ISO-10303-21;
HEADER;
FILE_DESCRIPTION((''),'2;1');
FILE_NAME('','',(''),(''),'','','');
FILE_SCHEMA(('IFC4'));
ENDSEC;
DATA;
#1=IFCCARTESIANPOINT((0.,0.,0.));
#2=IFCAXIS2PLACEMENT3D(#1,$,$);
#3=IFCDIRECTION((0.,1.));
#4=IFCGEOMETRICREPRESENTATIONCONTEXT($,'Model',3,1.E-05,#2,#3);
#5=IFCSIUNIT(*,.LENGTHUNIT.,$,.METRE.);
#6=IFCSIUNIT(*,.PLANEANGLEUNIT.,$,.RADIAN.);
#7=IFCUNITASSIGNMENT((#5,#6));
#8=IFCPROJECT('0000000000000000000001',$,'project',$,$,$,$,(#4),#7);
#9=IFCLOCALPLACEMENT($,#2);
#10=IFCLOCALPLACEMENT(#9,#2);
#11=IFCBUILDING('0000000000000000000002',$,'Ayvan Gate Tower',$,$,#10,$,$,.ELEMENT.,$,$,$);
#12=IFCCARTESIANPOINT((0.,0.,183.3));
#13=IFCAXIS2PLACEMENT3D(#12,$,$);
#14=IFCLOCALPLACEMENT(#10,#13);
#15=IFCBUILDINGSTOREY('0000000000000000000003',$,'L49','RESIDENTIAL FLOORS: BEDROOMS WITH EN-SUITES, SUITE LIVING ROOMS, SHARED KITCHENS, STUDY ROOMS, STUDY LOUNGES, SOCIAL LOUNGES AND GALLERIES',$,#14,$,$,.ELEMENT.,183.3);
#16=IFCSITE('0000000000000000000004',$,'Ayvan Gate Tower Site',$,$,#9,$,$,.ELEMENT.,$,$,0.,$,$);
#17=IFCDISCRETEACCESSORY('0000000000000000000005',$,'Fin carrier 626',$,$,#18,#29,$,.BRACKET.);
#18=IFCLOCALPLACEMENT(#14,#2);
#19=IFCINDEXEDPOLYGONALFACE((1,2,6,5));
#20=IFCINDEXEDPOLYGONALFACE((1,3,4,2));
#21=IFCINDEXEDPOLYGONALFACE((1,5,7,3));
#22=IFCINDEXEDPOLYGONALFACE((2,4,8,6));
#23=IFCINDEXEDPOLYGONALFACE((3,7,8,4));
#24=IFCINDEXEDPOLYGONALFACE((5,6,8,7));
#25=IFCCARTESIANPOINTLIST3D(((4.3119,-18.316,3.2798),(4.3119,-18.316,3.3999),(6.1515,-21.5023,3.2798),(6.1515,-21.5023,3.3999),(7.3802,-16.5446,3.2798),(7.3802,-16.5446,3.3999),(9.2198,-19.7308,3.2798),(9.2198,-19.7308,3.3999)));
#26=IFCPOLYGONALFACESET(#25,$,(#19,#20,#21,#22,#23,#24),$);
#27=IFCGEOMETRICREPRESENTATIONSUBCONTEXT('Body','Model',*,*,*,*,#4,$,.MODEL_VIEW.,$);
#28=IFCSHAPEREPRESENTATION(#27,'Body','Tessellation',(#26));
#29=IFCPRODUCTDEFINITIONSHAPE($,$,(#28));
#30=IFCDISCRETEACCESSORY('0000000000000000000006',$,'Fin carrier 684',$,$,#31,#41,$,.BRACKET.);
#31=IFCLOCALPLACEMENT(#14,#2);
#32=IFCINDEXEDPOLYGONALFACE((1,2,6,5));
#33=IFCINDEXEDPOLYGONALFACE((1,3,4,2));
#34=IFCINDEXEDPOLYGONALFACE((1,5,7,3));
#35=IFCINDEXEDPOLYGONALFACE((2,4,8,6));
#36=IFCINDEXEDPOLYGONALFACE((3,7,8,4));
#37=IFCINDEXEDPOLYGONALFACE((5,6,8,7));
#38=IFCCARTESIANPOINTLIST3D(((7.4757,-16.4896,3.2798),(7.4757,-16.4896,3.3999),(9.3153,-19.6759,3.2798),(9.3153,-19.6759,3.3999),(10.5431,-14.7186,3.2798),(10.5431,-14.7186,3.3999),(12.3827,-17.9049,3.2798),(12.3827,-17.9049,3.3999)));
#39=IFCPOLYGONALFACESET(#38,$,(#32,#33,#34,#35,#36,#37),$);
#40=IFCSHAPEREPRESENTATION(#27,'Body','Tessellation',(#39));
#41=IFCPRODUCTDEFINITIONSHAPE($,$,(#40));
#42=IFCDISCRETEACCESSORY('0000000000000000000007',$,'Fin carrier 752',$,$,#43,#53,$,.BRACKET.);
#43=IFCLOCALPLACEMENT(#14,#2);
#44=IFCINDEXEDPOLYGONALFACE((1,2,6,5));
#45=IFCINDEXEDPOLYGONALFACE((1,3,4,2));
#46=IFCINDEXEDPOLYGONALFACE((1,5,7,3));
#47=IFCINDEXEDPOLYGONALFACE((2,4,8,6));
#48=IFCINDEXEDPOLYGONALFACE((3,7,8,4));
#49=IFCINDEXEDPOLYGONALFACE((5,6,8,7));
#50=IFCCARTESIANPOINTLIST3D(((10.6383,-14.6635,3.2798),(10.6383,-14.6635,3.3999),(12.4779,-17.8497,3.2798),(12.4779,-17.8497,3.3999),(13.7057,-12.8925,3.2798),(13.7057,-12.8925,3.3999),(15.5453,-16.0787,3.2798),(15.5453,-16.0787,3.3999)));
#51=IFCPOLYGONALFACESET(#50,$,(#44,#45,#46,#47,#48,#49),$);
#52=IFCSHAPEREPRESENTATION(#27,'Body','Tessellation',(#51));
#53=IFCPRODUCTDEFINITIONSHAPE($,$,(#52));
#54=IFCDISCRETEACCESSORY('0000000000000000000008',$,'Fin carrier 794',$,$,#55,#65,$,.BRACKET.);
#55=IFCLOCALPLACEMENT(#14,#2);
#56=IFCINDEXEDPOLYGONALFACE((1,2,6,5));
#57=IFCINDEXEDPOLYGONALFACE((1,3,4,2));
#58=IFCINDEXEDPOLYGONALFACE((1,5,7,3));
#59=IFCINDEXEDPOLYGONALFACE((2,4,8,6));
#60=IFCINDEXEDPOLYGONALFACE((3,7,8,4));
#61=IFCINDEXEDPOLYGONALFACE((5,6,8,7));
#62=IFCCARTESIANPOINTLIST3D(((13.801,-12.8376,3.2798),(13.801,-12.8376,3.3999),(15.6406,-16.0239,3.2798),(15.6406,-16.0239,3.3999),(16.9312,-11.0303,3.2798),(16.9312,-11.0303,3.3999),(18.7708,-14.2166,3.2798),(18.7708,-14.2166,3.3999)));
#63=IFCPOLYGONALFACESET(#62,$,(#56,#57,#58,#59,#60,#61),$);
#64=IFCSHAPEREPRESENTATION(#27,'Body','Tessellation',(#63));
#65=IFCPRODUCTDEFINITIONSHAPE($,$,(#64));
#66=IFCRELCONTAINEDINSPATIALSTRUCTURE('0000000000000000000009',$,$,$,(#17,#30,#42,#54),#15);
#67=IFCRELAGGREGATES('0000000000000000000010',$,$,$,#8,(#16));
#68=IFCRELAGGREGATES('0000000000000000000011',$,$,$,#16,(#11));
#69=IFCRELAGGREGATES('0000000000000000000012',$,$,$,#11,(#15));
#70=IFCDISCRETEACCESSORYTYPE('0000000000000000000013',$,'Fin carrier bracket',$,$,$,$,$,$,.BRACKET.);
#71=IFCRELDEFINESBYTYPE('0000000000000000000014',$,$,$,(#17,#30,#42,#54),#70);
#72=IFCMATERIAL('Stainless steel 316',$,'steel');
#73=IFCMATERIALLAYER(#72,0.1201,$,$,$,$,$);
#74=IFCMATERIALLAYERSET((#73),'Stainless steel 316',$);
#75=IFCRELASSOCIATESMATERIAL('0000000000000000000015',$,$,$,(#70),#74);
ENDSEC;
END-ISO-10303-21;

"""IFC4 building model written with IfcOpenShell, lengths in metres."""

from ifc_helpers import new_model, si_unit, direction, frame, origin, origin_2d, place, context, subcontext, project, spatial, rectangle, extrude, material, layer, layer_set, type_object, element, save


model = new_model("IFC4")

# Units and contexts
model_context = context("Model", 3, precision=1e-05, world=origin(), true_north=direction((0.0, 1.0)))
body_context = subcontext(model_context, "Body", "Model", "MODEL_VIEW")
ifc_project = project(units=[si_unit("LENGTHUNIT", "METRE"), si_unit("PLANEANGLEUNIT", "RADIAN")], contexts=[model_context])

# Site, building, storey
site_placement = place(None, origin())
site = spatial("IfcSite", under=ifc_project, at=site_placement, Name="Ayvan Gate Tower Site", CompositionType="ELEMENT", RefElevation=0.0)
building_placement = place(site_placement, origin())
building = spatial("IfcBuilding", under=site, at=building_placement, Name="Ayvan Gate Tower", CompositionType="ELEMENT")
storey_placement = place(building_placement, frame((0.0, 0.0, 183.3)))
storey = spatial("IfcBuildingStorey", under=building, at=storey_placement, Name="L49", Description="RESIDENTIAL FLOORS: BEDROOMS WITH EN-SUITES, SUITE LIVING ROOMS, SHARED KITCHENS, STUDY ROOMS, STUDY LOUNGES, SOCIAL LOUNGES AND GALLERIES", CompositionType="ELEMENT", Elevation=183.3)

# Discrete accessories
ifc_material_1 = material(Name="Stainless steel 316", Category="steel")
ifc_layer_1 = layer(ifc_material_1, 0.1201)
ifc_layer_set_1 = layer_set([ifc_layer_1], Name="Stainless steel 316")
discrete_accessory_type = type_object("IfcDiscreteAccessoryType", Name="Fin carrier bracket", PredefinedType="BRACKET", material=ifc_layer_set_1)
discrete_accessory_1_placement = place(storey_placement, frame((6.7659, -19.0234, 3.2798), z_axis=(0.0, 0.0, 1.0), x_axis=(0.866025, 0.5, 0.0)))
element("IfcDiscreteAccessory", 1, at=discrete_accessory_1_placement, inside=storey, type_object=discrete_accessory_type, Name="Fin carrier 626", PredefinedType="BRACKET", context=body_context, shape_type="SweptSolid", body=[
    extrude(rectangle(XDim=3.543, YDim=3.6792, at=origin_2d()), origin(), (0.0, 0.0, 1.0), 0.1201),
])
for number, where, z_axis, x_axis, name in (
    (2, (9.9292, -17.1973, 3.2798), (0.0, 0.0, 1.0), (0.866025, 0.5, 0.0), "Fin carrier 684"),
    (3, (13.0918, -15.3711, 3.2798), (0.0, 0.0, 1.0), (0.866025, 0.5, 0.0), "Fin carrier 752"),
):
    element("IfcDiscreteAccessory", number, at=place(storey_placement, frame(where, z_axis=z_axis, x_axis=x_axis)), inside=storey, type_object=discrete_accessory_type, Name=name, PredefinedType="BRACKET", context=body_context, shape_type="SweptSolid", body=[
        extrude(rectangle(XDim=3.542, YDim=3.6792, at=origin_2d()), origin(), (0.0, 0.0, 1.0), 0.1201),
    ])
discrete_accessory_2_placement = place(storey_placement, frame((16.2859, -13.5271, 3.2798), z_axis=(0.0, 0.0, 1.0), x_axis=(0.866025, 0.5, 0.0)))
element("IfcDiscreteAccessory", 4, at=discrete_accessory_2_placement, inside=storey, type_object=discrete_accessory_type, Name="Fin carrier 794", PredefinedType="BRACKET", context=body_context, shape_type="SweptSolid", body=[
    extrude(rectangle(XDim=3.6145, YDim=3.6792, at=origin_2d()), origin(), (0.0, 0.0, 1.0), 0.1201),
])

save(model, "model.ifc")
